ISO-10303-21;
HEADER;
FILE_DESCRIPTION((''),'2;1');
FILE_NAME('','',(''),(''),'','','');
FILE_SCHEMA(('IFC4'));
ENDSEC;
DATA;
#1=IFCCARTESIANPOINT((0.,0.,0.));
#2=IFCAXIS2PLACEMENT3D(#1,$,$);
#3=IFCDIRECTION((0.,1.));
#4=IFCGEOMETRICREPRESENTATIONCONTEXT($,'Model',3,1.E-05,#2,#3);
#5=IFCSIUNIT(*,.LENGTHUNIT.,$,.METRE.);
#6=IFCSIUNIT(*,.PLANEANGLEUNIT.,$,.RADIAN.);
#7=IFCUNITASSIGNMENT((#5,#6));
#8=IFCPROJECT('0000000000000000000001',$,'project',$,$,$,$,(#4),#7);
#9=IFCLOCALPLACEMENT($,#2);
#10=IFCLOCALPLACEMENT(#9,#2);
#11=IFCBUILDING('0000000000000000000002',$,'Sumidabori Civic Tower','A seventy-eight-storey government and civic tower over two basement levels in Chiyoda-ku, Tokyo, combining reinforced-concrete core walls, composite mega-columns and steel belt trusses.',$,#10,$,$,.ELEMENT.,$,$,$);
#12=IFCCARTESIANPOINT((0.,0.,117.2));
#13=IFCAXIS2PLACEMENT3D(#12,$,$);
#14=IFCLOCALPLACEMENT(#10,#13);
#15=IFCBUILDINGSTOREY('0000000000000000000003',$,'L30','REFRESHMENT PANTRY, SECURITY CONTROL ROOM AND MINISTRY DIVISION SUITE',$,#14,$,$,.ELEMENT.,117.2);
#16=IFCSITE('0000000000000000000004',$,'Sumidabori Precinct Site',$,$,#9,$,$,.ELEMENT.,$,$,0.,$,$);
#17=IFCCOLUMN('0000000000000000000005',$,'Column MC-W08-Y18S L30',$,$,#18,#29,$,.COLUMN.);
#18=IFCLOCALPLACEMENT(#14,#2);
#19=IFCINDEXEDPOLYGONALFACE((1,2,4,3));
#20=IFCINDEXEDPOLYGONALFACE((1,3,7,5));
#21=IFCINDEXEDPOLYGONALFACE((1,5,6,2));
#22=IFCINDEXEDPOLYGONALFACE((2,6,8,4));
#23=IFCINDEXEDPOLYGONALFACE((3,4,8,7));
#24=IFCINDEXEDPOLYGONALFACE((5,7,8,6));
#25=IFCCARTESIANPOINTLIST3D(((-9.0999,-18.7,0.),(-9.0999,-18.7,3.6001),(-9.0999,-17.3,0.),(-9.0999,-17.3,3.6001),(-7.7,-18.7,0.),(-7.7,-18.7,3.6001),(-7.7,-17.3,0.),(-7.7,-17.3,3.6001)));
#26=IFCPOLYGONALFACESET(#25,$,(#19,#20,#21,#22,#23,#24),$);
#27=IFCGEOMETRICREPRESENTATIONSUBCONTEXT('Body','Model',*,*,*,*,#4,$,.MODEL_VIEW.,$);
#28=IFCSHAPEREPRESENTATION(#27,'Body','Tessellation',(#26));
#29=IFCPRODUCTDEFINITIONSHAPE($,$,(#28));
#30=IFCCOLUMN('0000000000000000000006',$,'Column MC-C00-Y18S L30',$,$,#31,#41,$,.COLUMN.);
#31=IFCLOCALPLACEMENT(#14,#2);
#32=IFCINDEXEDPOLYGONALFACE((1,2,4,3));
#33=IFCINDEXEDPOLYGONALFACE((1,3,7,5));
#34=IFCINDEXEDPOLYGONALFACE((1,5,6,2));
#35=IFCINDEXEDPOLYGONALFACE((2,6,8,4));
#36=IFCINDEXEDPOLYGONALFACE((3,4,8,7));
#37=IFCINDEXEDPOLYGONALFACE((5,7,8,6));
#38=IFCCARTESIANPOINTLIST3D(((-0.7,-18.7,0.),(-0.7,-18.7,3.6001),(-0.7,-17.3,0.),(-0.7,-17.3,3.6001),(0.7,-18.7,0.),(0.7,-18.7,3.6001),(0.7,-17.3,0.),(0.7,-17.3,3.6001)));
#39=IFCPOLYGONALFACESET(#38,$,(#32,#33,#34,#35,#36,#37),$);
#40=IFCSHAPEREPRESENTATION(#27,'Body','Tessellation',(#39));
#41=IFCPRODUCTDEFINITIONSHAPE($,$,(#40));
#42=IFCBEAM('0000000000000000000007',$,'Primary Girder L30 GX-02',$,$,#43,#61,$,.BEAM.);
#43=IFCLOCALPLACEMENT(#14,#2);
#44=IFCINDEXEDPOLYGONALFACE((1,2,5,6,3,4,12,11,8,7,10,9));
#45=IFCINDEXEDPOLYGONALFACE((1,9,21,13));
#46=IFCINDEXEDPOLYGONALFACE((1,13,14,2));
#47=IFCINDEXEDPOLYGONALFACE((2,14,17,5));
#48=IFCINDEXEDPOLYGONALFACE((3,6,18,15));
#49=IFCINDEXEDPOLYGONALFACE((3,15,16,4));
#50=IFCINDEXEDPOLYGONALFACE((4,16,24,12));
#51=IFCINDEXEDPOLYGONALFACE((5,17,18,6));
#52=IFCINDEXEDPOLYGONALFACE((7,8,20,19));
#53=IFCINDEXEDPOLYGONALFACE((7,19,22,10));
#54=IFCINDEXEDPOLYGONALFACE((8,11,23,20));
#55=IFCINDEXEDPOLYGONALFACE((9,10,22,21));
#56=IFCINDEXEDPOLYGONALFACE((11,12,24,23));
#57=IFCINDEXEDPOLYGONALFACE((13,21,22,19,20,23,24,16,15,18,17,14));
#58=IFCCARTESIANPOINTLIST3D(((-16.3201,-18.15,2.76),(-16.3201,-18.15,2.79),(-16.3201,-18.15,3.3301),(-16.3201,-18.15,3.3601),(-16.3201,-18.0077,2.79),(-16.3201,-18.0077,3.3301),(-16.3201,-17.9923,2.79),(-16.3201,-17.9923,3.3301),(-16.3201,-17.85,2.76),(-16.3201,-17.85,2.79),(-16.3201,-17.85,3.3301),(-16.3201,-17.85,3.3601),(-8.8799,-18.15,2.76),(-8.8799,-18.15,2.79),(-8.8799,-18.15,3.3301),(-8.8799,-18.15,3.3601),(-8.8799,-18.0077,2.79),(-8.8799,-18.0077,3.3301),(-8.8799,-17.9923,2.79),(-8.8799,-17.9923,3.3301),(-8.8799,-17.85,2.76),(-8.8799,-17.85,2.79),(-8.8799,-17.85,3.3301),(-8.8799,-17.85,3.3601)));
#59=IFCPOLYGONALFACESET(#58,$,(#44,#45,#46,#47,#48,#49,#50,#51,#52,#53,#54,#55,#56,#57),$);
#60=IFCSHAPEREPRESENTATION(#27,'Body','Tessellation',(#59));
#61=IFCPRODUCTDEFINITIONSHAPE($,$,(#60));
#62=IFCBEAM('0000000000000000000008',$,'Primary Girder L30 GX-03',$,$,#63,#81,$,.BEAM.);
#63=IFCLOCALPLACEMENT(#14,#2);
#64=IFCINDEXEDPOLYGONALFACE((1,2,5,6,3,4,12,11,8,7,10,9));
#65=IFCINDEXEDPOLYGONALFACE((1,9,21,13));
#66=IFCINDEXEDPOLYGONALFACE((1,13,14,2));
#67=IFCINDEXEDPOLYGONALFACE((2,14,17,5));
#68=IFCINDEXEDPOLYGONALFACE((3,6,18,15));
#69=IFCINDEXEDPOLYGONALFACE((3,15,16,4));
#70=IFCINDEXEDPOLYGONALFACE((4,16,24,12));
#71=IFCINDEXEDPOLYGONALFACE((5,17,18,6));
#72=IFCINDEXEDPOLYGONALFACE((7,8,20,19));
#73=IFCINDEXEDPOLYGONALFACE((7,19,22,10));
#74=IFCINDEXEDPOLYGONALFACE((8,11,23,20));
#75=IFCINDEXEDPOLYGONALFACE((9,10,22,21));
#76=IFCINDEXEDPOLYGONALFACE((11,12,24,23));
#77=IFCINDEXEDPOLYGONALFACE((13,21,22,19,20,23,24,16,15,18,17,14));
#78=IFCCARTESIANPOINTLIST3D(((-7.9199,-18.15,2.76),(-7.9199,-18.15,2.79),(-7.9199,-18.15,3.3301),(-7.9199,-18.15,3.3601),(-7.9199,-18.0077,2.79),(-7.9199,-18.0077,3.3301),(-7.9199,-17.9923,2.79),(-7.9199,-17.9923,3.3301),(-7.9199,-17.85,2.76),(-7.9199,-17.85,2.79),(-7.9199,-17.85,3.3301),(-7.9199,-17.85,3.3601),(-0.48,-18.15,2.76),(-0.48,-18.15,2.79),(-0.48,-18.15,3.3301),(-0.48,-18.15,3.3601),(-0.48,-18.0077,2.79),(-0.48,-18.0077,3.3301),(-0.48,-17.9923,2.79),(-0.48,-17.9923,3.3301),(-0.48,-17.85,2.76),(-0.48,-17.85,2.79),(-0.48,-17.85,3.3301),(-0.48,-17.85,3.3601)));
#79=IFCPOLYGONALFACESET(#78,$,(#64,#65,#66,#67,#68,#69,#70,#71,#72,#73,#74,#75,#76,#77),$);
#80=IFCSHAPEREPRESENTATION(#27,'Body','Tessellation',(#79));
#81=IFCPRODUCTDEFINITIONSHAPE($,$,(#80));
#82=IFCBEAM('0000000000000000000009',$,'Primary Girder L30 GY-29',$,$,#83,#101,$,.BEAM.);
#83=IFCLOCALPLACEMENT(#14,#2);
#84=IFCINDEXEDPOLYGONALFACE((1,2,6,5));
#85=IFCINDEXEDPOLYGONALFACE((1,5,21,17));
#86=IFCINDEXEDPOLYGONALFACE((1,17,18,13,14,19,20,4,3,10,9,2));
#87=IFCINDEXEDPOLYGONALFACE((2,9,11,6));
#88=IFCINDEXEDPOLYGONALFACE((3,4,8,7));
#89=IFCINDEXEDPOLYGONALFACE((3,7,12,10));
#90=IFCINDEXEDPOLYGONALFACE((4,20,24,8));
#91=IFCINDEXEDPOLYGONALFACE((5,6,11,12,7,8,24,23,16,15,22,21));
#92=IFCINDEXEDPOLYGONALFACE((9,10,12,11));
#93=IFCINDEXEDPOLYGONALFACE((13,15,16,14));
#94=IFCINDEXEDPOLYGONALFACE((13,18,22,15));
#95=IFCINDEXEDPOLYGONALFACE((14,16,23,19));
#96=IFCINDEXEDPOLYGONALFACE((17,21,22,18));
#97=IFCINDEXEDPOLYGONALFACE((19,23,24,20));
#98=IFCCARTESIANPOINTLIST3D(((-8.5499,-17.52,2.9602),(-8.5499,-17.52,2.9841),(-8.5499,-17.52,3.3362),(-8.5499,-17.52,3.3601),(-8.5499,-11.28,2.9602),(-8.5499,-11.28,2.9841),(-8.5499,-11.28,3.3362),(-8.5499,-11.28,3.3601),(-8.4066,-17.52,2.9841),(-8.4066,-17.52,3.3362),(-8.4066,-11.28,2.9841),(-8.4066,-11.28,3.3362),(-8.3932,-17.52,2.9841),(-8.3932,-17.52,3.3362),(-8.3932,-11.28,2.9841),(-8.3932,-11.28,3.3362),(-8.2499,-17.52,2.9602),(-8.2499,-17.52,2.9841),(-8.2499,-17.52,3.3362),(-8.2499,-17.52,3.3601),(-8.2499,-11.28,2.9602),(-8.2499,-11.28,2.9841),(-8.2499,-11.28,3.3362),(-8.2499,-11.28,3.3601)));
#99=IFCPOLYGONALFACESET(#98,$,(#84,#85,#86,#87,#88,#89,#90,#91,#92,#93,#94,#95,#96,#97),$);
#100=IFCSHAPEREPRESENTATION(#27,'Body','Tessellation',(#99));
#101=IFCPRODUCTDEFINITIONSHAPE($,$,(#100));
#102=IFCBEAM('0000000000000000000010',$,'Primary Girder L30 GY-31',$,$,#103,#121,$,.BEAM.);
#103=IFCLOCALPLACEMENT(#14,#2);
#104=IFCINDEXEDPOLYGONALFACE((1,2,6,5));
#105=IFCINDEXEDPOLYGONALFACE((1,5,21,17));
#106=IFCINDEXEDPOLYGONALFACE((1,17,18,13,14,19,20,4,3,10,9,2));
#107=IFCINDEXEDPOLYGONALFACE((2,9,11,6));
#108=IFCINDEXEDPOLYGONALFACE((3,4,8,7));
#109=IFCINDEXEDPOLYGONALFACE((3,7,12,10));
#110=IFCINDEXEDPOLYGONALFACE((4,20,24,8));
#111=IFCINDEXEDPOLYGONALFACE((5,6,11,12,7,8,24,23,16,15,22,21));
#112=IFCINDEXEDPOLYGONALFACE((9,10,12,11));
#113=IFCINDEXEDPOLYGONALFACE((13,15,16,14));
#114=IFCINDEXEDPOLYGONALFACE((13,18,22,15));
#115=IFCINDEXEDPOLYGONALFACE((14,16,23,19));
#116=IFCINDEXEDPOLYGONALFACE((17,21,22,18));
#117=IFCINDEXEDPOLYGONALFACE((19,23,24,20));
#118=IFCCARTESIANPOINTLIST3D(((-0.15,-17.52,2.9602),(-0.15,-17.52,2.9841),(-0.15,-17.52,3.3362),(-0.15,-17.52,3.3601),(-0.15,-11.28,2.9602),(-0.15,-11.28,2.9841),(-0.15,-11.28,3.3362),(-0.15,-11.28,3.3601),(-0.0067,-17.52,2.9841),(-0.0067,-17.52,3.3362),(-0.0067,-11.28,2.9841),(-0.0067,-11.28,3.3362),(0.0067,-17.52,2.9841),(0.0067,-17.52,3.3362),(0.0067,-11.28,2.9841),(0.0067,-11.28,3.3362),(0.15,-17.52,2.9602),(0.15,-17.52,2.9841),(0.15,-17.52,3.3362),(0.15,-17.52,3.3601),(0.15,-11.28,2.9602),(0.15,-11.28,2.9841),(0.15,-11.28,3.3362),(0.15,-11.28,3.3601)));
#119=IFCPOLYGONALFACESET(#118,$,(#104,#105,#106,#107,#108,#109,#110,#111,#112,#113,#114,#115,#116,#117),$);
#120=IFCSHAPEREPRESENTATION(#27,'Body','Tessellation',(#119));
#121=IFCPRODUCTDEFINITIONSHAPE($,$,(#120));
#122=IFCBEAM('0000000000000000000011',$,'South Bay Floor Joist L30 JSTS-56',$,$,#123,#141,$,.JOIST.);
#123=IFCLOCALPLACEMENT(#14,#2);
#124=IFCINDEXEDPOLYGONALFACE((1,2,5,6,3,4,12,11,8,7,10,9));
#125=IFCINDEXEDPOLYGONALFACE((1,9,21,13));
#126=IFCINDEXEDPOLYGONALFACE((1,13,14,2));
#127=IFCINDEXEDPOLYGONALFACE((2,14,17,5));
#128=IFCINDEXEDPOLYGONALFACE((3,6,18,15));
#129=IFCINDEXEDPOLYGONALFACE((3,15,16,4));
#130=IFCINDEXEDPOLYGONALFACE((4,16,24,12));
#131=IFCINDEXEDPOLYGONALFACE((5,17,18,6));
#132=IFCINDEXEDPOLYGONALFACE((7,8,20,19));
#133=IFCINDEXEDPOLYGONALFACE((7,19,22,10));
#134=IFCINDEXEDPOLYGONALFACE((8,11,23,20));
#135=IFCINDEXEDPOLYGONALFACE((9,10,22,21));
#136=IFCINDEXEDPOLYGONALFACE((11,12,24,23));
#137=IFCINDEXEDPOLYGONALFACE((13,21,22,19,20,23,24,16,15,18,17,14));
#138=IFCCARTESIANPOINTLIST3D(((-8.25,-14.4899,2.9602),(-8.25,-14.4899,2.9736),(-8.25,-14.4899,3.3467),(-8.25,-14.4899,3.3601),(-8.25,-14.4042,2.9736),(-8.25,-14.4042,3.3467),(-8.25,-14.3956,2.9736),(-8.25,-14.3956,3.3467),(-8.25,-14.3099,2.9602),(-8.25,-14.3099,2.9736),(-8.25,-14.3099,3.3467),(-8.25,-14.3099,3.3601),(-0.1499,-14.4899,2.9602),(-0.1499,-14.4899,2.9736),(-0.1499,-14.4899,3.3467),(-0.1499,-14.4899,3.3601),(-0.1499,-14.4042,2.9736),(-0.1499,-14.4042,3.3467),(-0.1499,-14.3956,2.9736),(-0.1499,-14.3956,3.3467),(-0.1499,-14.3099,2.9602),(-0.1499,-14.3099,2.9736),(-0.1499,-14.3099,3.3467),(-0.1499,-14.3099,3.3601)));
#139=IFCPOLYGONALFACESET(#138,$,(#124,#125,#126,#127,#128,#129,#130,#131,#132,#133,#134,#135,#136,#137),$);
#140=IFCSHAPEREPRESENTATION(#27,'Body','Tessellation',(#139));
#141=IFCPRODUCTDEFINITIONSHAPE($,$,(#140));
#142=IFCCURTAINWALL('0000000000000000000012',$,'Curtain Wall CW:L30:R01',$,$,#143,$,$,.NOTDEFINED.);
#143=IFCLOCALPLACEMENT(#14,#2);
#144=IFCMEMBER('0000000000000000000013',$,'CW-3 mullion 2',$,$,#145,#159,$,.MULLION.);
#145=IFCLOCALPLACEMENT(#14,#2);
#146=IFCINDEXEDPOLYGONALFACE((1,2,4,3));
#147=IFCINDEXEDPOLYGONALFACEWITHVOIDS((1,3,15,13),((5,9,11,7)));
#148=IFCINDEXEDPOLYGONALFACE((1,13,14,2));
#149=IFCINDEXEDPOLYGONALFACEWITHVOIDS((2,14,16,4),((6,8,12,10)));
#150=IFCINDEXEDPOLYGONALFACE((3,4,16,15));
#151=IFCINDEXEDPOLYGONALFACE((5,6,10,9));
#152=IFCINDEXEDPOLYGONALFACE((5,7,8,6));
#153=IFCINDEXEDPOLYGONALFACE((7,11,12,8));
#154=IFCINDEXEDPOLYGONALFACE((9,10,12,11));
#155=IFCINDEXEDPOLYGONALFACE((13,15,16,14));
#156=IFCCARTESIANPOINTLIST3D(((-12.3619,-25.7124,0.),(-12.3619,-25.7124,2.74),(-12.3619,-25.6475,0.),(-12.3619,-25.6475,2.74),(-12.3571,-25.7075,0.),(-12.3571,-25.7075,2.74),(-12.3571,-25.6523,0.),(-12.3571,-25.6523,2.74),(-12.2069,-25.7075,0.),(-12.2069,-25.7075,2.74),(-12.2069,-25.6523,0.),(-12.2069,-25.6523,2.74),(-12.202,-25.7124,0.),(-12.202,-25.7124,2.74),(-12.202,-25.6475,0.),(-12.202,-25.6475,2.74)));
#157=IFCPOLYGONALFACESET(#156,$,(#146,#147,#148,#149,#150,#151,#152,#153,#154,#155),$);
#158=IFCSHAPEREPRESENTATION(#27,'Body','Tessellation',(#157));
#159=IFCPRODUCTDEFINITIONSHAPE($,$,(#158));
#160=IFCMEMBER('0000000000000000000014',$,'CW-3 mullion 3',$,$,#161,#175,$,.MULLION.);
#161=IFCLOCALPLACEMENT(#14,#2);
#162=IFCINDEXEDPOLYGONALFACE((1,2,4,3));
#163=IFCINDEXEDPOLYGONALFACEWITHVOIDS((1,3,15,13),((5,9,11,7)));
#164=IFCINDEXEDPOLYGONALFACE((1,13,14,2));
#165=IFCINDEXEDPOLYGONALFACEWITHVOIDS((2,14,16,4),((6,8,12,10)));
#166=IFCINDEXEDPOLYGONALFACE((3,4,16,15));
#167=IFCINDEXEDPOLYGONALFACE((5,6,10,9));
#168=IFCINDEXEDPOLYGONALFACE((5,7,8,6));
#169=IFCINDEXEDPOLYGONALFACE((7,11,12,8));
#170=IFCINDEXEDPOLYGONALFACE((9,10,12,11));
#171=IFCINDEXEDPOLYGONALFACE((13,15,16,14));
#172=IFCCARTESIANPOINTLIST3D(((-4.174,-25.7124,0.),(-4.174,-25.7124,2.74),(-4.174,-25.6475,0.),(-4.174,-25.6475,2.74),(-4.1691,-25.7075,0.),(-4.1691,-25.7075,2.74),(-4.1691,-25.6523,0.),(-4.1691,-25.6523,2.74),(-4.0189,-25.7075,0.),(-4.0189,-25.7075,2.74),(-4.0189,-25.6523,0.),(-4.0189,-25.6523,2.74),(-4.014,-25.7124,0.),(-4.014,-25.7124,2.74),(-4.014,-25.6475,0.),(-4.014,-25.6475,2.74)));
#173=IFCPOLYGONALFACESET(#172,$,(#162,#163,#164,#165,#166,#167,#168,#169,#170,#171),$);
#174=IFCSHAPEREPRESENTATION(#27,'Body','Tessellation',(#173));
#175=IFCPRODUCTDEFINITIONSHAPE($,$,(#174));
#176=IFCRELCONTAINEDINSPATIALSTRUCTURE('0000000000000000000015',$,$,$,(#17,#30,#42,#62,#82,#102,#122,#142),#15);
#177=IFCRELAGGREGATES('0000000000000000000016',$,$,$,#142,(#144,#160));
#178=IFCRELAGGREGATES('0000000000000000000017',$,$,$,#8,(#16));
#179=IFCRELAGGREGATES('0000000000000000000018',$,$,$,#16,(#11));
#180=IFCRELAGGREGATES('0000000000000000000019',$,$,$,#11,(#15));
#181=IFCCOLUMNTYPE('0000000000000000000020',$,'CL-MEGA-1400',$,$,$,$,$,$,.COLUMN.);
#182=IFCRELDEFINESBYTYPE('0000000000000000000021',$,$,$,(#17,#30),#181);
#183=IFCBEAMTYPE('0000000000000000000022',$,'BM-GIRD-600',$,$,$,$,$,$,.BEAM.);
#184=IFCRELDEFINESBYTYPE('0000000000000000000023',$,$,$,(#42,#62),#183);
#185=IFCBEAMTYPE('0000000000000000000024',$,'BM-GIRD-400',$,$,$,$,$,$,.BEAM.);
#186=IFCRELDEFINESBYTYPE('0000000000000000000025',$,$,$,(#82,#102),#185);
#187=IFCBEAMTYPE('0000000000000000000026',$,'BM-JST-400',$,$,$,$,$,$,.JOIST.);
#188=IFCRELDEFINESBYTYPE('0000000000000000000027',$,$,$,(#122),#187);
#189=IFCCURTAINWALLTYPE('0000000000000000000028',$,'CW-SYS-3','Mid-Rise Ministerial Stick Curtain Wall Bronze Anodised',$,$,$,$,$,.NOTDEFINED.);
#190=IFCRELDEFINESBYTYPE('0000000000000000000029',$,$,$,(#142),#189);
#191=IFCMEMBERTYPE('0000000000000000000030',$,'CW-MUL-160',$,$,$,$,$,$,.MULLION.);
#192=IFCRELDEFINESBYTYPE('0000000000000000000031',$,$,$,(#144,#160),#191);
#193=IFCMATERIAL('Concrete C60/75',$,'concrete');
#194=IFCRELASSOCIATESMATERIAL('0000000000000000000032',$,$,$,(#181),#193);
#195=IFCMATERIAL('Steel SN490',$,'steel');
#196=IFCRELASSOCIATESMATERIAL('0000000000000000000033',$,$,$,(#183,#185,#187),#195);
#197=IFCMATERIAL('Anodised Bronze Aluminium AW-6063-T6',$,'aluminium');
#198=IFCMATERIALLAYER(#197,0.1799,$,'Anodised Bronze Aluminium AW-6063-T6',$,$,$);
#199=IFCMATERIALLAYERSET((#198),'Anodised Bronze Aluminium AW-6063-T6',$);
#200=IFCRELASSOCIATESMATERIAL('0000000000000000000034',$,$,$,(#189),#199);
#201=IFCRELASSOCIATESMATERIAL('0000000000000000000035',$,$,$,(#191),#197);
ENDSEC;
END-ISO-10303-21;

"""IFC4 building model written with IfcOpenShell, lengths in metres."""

from ifc_helpers import new_model, si_unit, direction, frame, origin, origin_2d, place, context, subcontext, project, spatial, rectangle, hollow_rectangle, i_section, extrude, source, transform, mapped, material, layer, layer_set, material_profile, profile_set, type_object, element, aggregate, save


model = new_model("IFC4")

# Units and contexts
model_context = context("Model", 3, precision=1e-05, world=origin(), true_north=direction((0.0, 1.0)))
body_context = subcontext(model_context, "Body", "Model", "MODEL_VIEW")
ifc_project = project(units=[si_unit("LENGTHUNIT", "METRE"), si_unit("PLANEANGLEUNIT", "RADIAN")], contexts=[model_context])

# Site, building, storey
site_placement = place(None, origin())
site = spatial("IfcSite", under=ifc_project, at=site_placement, Name="Sumidabori Precinct Site", CompositionType="ELEMENT", RefElevation=0.0)
building_placement = place(site_placement, origin())
building = spatial("IfcBuilding", under=site, at=building_placement, Name="Sumidabori Civic Tower", Description="A seventy-eight-storey government and civic tower over two basement levels in Chiyoda-ku, Tokyo, combining reinforced-concrete core walls, composite mega-columns and steel belt trusses.", CompositionType="ELEMENT")
storey_placement = place(building_placement, frame((0.0, 0.0, 117.2)))
storey = spatial("IfcBuildingStorey", under=building, at=storey_placement, Name="L30", Description="REFRESHMENT PANTRY, SECURITY CONTROL ROOM AND MINISTRY DIVISION SUITE", CompositionType="ELEMENT", Elevation=117.2)

# Columns
ifc_material_1 = material(Name="Concrete C60/75", Category="concrete")
ifc_material_profile_1 = material_profile(ifc_material_1, rectangle(XDim=1.3999, YDim=1.3999, at=origin_2d()), Name="RC 1400x1400")
ifc_profile_set_1 = profile_set([ifc_material_profile_1], Name="Concrete C60/75")
column_type = type_object("IfcColumnType", Name="CL-MEGA-1400", PredefinedType="COLUMN", material=ifc_profile_set_1)
shared_shape_1 = source(origin(), body_context, "Body", "SweptSolid", [
    extrude(rectangle(XDim=1.3999, YDim=1.3999, at=origin_2d()), origin(), (0.0, 0.0, 1.0), 3.6001),
])
for number, where, z_axis, x_axis, name in (
    (1, (-8.3999, -18.0, 0.0), (0.0, 0.0, 1.0), (1.0, 0.0, 0.0), "Column MC-W08-Y18S L30"),
    (2, (0.0, -18.0, 0.0), (0.0, 0.0, 1.0), (1.0, 0.0, 0.0), "Column MC-C00-Y18S L30"),
):
    element("IfcColumn", number, at=place(storey_placement, frame(where, z_axis=z_axis, x_axis=x_axis)), inside=storey, type_object=column_type, Name=name, PredefinedType="COLUMN", context=body_context, shape_type="MappedRepresentation", body=[
        mapped(shared_shape_1, transform((0.0, 0.0, 0.0), x_axis=(1.0, 0.0, 0.0), y_axis=(0.0, 1.0, 0.0), z_axis=(0.0, 0.0, 1.0), scale=1.0)),
    ])

# Beams
ifc_material_2 = material(Name="Steel SN490", Category="steel")
ifc_material_profile_2 = material_profile(ifc_material_2, i_section(OverallWidth=0.3, OverallDepth=0.6001, WebThickness=0.0154, FlangeThickness=0.03, at=origin_2d()), Name="HE 600 B")
ifc_profile_set_2 = profile_set([ifc_material_profile_2], Name="Steel SN490")
beam_type_1 = type_object("IfcBeamType", Name="BM-GIRD-600", PredefinedType="BEAM", material=ifc_profile_set_2)
shared_shape_2 = source(origin(), body_context, "Body", "SweptSolid", [
    extrude(i_section(OverallWidth=0.3, OverallDepth=0.6001, WebThickness=0.0154, FlangeThickness=0.03, at=origin_2d()), origin(), (0.0, 0.0, 1.0), 7.4402),
])
beam_1_placement = place(storey_placement, frame((-16.3201, -18.0, 3.0601), z_axis=(1.0, 0.0, 0.0), x_axis=(0.0, 1.0, 0.0)))
element("IfcBeam", 3, at=beam_1_placement, inside=storey, type_object=beam_type_1, Name="Primary Girder L30 GX-02", PredefinedType="BEAM", context=body_context, shape_type="MappedRepresentation", body=[
    mapped(shared_shape_2, transform((0.0, 0.0, 0.0), x_axis=(1.0, 0.0, 0.0), y_axis=(0.0, 1.0, 0.0), z_axis=(0.0, 0.0, 1.0), scale=1.0)),
])
shared_shape_3 = source(origin(), body_context, "Body", "SweptSolid", [
    extrude(i_section(OverallWidth=0.3, OverallDepth=0.6001, WebThickness=0.0154, FlangeThickness=0.03, at=origin_2d()), origin(), (0.0, 0.0, 1.0), 7.4399),
])
beam_2_placement = place(storey_placement, frame((-7.9199, -18.0, 3.0601), z_axis=(1.0, 0.0, 0.0), x_axis=(0.0, 1.0, 0.0)))
element("IfcBeam", 4, at=beam_2_placement, inside=storey, type_object=beam_type_1, Name="Primary Girder L30 GX-03", PredefinedType="BEAM", context=body_context, shape_type="MappedRepresentation", body=[
    mapped(shared_shape_3, transform((0.0, 0.0, 0.0), x_axis=(1.0, 0.0, 0.0), y_axis=(0.0, 1.0, 0.0), z_axis=(0.0, 0.0, 1.0), scale=1.0)),
])
ifc_material_profile_3 = material_profile(ifc_material_2, i_section(OverallWidth=0.3, OverallDepth=0.3999, WebThickness=0.0134, FlangeThickness=0.0239, at=origin_2d()), Name="HE 400 B")
ifc_profile_set_3 = profile_set([ifc_material_profile_3], Name="Steel SN490")
beam_type_2 = type_object("IfcBeamType", Name="BM-GIRD-400", PredefinedType="BEAM", material=ifc_profile_set_3)
shared_shape_4 = source(origin(), body_context, "Body", "SweptSolid", [
    extrude(i_section(OverallWidth=0.3, OverallDepth=0.3999, WebThickness=0.0134, FlangeThickness=0.0239, at=origin_2d()), origin(), (0.0, 0.0, 1.0), 6.24),
])
for number, where, z_axis, x_axis, name in (
    (5, (-8.3999, -17.52, 3.1602), (0.0, 1.0, 0.0), (-1.0, 0.0, 0.0), "Primary Girder L30 GY-29"),
    (6, (0.0, -17.52, 3.1602), (0.0, 1.0, 0.0), (-1.0, 0.0, 0.0), "Primary Girder L30 GY-31"),
):
    element("IfcBeam", number, at=place(storey_placement, frame(where, z_axis=z_axis, x_axis=x_axis)), inside=storey, type_object=beam_type_2, Name=name, PredefinedType="BEAM", context=body_context, shape_type="MappedRepresentation", body=[
        mapped(shared_shape_4, transform((0.0, 0.0, 0.0), x_axis=(1.0, 0.0, 0.0), y_axis=(0.0, 1.0, 0.0), z_axis=(0.0, 0.0, 1.0), scale=1.0)),
    ])
ifc_material_profile_4 = material_profile(ifc_material_2, i_section(OverallWidth=0.1799, OverallDepth=0.3999, WebThickness=0.0085, FlangeThickness=0.0134, at=origin_2d()), Name="IPE 400")
ifc_profile_set_4 = profile_set([ifc_material_profile_4], Name="Steel SN490")
beam_type_3 = type_object("IfcBeamType", Name="BM-JST-400", PredefinedType="JOIST", material=ifc_profile_set_4)
shared_shape_5 = source(origin(), body_context, "Body", "SweptSolid", [
    extrude(i_section(OverallWidth=0.1799, OverallDepth=0.3999, WebThickness=0.0085, FlangeThickness=0.0134, at=origin_2d()), origin(), (0.0, 0.0, 1.0), 8.1001),
])
beam_3_placement = place(storey_placement, frame((-8.25, -14.3999, 3.1602), z_axis=(1.0, 0.0, 0.0), x_axis=(0.0, 1.0, 0.0)))
element("IfcBeam", 7, at=beam_3_placement, inside=storey, type_object=beam_type_3, Name="South Bay Floor Joist L30 JSTS-56", PredefinedType="JOIST", context=body_context, shape_type="MappedRepresentation", body=[
    mapped(shared_shape_5, transform((0.0, 0.0, 0.0), x_axis=(1.0, 0.0, 0.0), y_axis=(0.0, 1.0, 0.0), z_axis=(0.0, 0.0, 1.0), scale=1.0)),
])

# Curtain wall, members
ifc_material_3 = material(Name="Anodised Bronze Aluminium AW-6063-T6", Category="aluminium")
ifc_layer_1 = layer(ifc_material_3, 0.1799, Name="Anodised Bronze Aluminium AW-6063-T6")
ifc_layer_set_1 = layer_set([ifc_layer_1], Name="Anodised Bronze Aluminium AW-6063-T6")
curtain_wall_type = type_object("IfcCurtainWallType", Name="CW-SYS-3", Description="Mid-Rise Ministerial Stick Curtain Wall Bronze Anodised", PredefinedType="NOTDEFINED", material=ifc_layer_set_1)
curtain_wall_placement = place(storey_placement, origin())
curtain_wall = element("IfcCurtainWall", 8, at=curtain_wall_placement, inside=storey, type_object=curtain_wall_type, Name="Curtain Wall CW:L30:R01", PredefinedType="NOTDEFINED")
ifc_material_profile_5 = material_profile(ifc_material_3, hollow_rectangle(XDim=0.0649, YDim=0.1599, WallThickness=0.0049, at=origin_2d()), Name="ALU MULLION 160x65")
ifc_profile_set_5 = profile_set([ifc_material_profile_5], Name="Anodised Bronze Aluminium AW-6063-T6")
member_type_1 = type_object("IfcMemberType", Name="CW-MUL-160", PredefinedType="MULLION", material=ifc_profile_set_5)
shared_shape_6 = source(origin(), body_context, "Body", "SweptSolid", [
    extrude(hollow_rectangle(XDim=0.0649, YDim=0.1599, WallThickness=0.0049, at=origin_2d()), origin(), (0.0, 0.0, 1.0), 2.74),
])
member_1_placement = place(storey_placement, frame((-12.282, -25.6799, 0.0), z_axis=(0.0, 0.0, 1.0), x_axis=(0.0, 1.0, 0.0)))
member_1 = element("IfcMember", 9, at=member_1_placement, type_object=member_type_1, Name="CW-3 mullion 2", PredefinedType="MULLION", context=body_context, shape_type="MappedRepresentation", body=[
    mapped(shared_shape_6, transform((0.0, 0.0, 0.0), x_axis=(1.0, 0.0, 0.0), y_axis=(0.0, 1.0, 0.0), z_axis=(0.0, 0.0, 1.0), scale=1.0)),
])
member_2_placement = place(storey_placement, frame((-4.094, -25.6799, 0.0), z_axis=(0.0, 0.0, 1.0), x_axis=(0.0, 1.0, 0.0)))
member_2 = element("IfcMember", 10, at=member_2_placement, type_object=member_type_1, Name="CW-3 mullion 3", PredefinedType="MULLION", context=body_context, shape_type="MappedRepresentation", body=[
    mapped(shared_shape_6, transform((0.0, 0.0, 0.0), x_axis=(1.0, 0.0, 0.0), y_axis=(0.0, 1.0, 0.0), z_axis=(0.0, 0.0, 1.0), scale=1.0)),
])
aggregate(curtain_wall, [member_1, member_2])

save(model, "model.ifc")
